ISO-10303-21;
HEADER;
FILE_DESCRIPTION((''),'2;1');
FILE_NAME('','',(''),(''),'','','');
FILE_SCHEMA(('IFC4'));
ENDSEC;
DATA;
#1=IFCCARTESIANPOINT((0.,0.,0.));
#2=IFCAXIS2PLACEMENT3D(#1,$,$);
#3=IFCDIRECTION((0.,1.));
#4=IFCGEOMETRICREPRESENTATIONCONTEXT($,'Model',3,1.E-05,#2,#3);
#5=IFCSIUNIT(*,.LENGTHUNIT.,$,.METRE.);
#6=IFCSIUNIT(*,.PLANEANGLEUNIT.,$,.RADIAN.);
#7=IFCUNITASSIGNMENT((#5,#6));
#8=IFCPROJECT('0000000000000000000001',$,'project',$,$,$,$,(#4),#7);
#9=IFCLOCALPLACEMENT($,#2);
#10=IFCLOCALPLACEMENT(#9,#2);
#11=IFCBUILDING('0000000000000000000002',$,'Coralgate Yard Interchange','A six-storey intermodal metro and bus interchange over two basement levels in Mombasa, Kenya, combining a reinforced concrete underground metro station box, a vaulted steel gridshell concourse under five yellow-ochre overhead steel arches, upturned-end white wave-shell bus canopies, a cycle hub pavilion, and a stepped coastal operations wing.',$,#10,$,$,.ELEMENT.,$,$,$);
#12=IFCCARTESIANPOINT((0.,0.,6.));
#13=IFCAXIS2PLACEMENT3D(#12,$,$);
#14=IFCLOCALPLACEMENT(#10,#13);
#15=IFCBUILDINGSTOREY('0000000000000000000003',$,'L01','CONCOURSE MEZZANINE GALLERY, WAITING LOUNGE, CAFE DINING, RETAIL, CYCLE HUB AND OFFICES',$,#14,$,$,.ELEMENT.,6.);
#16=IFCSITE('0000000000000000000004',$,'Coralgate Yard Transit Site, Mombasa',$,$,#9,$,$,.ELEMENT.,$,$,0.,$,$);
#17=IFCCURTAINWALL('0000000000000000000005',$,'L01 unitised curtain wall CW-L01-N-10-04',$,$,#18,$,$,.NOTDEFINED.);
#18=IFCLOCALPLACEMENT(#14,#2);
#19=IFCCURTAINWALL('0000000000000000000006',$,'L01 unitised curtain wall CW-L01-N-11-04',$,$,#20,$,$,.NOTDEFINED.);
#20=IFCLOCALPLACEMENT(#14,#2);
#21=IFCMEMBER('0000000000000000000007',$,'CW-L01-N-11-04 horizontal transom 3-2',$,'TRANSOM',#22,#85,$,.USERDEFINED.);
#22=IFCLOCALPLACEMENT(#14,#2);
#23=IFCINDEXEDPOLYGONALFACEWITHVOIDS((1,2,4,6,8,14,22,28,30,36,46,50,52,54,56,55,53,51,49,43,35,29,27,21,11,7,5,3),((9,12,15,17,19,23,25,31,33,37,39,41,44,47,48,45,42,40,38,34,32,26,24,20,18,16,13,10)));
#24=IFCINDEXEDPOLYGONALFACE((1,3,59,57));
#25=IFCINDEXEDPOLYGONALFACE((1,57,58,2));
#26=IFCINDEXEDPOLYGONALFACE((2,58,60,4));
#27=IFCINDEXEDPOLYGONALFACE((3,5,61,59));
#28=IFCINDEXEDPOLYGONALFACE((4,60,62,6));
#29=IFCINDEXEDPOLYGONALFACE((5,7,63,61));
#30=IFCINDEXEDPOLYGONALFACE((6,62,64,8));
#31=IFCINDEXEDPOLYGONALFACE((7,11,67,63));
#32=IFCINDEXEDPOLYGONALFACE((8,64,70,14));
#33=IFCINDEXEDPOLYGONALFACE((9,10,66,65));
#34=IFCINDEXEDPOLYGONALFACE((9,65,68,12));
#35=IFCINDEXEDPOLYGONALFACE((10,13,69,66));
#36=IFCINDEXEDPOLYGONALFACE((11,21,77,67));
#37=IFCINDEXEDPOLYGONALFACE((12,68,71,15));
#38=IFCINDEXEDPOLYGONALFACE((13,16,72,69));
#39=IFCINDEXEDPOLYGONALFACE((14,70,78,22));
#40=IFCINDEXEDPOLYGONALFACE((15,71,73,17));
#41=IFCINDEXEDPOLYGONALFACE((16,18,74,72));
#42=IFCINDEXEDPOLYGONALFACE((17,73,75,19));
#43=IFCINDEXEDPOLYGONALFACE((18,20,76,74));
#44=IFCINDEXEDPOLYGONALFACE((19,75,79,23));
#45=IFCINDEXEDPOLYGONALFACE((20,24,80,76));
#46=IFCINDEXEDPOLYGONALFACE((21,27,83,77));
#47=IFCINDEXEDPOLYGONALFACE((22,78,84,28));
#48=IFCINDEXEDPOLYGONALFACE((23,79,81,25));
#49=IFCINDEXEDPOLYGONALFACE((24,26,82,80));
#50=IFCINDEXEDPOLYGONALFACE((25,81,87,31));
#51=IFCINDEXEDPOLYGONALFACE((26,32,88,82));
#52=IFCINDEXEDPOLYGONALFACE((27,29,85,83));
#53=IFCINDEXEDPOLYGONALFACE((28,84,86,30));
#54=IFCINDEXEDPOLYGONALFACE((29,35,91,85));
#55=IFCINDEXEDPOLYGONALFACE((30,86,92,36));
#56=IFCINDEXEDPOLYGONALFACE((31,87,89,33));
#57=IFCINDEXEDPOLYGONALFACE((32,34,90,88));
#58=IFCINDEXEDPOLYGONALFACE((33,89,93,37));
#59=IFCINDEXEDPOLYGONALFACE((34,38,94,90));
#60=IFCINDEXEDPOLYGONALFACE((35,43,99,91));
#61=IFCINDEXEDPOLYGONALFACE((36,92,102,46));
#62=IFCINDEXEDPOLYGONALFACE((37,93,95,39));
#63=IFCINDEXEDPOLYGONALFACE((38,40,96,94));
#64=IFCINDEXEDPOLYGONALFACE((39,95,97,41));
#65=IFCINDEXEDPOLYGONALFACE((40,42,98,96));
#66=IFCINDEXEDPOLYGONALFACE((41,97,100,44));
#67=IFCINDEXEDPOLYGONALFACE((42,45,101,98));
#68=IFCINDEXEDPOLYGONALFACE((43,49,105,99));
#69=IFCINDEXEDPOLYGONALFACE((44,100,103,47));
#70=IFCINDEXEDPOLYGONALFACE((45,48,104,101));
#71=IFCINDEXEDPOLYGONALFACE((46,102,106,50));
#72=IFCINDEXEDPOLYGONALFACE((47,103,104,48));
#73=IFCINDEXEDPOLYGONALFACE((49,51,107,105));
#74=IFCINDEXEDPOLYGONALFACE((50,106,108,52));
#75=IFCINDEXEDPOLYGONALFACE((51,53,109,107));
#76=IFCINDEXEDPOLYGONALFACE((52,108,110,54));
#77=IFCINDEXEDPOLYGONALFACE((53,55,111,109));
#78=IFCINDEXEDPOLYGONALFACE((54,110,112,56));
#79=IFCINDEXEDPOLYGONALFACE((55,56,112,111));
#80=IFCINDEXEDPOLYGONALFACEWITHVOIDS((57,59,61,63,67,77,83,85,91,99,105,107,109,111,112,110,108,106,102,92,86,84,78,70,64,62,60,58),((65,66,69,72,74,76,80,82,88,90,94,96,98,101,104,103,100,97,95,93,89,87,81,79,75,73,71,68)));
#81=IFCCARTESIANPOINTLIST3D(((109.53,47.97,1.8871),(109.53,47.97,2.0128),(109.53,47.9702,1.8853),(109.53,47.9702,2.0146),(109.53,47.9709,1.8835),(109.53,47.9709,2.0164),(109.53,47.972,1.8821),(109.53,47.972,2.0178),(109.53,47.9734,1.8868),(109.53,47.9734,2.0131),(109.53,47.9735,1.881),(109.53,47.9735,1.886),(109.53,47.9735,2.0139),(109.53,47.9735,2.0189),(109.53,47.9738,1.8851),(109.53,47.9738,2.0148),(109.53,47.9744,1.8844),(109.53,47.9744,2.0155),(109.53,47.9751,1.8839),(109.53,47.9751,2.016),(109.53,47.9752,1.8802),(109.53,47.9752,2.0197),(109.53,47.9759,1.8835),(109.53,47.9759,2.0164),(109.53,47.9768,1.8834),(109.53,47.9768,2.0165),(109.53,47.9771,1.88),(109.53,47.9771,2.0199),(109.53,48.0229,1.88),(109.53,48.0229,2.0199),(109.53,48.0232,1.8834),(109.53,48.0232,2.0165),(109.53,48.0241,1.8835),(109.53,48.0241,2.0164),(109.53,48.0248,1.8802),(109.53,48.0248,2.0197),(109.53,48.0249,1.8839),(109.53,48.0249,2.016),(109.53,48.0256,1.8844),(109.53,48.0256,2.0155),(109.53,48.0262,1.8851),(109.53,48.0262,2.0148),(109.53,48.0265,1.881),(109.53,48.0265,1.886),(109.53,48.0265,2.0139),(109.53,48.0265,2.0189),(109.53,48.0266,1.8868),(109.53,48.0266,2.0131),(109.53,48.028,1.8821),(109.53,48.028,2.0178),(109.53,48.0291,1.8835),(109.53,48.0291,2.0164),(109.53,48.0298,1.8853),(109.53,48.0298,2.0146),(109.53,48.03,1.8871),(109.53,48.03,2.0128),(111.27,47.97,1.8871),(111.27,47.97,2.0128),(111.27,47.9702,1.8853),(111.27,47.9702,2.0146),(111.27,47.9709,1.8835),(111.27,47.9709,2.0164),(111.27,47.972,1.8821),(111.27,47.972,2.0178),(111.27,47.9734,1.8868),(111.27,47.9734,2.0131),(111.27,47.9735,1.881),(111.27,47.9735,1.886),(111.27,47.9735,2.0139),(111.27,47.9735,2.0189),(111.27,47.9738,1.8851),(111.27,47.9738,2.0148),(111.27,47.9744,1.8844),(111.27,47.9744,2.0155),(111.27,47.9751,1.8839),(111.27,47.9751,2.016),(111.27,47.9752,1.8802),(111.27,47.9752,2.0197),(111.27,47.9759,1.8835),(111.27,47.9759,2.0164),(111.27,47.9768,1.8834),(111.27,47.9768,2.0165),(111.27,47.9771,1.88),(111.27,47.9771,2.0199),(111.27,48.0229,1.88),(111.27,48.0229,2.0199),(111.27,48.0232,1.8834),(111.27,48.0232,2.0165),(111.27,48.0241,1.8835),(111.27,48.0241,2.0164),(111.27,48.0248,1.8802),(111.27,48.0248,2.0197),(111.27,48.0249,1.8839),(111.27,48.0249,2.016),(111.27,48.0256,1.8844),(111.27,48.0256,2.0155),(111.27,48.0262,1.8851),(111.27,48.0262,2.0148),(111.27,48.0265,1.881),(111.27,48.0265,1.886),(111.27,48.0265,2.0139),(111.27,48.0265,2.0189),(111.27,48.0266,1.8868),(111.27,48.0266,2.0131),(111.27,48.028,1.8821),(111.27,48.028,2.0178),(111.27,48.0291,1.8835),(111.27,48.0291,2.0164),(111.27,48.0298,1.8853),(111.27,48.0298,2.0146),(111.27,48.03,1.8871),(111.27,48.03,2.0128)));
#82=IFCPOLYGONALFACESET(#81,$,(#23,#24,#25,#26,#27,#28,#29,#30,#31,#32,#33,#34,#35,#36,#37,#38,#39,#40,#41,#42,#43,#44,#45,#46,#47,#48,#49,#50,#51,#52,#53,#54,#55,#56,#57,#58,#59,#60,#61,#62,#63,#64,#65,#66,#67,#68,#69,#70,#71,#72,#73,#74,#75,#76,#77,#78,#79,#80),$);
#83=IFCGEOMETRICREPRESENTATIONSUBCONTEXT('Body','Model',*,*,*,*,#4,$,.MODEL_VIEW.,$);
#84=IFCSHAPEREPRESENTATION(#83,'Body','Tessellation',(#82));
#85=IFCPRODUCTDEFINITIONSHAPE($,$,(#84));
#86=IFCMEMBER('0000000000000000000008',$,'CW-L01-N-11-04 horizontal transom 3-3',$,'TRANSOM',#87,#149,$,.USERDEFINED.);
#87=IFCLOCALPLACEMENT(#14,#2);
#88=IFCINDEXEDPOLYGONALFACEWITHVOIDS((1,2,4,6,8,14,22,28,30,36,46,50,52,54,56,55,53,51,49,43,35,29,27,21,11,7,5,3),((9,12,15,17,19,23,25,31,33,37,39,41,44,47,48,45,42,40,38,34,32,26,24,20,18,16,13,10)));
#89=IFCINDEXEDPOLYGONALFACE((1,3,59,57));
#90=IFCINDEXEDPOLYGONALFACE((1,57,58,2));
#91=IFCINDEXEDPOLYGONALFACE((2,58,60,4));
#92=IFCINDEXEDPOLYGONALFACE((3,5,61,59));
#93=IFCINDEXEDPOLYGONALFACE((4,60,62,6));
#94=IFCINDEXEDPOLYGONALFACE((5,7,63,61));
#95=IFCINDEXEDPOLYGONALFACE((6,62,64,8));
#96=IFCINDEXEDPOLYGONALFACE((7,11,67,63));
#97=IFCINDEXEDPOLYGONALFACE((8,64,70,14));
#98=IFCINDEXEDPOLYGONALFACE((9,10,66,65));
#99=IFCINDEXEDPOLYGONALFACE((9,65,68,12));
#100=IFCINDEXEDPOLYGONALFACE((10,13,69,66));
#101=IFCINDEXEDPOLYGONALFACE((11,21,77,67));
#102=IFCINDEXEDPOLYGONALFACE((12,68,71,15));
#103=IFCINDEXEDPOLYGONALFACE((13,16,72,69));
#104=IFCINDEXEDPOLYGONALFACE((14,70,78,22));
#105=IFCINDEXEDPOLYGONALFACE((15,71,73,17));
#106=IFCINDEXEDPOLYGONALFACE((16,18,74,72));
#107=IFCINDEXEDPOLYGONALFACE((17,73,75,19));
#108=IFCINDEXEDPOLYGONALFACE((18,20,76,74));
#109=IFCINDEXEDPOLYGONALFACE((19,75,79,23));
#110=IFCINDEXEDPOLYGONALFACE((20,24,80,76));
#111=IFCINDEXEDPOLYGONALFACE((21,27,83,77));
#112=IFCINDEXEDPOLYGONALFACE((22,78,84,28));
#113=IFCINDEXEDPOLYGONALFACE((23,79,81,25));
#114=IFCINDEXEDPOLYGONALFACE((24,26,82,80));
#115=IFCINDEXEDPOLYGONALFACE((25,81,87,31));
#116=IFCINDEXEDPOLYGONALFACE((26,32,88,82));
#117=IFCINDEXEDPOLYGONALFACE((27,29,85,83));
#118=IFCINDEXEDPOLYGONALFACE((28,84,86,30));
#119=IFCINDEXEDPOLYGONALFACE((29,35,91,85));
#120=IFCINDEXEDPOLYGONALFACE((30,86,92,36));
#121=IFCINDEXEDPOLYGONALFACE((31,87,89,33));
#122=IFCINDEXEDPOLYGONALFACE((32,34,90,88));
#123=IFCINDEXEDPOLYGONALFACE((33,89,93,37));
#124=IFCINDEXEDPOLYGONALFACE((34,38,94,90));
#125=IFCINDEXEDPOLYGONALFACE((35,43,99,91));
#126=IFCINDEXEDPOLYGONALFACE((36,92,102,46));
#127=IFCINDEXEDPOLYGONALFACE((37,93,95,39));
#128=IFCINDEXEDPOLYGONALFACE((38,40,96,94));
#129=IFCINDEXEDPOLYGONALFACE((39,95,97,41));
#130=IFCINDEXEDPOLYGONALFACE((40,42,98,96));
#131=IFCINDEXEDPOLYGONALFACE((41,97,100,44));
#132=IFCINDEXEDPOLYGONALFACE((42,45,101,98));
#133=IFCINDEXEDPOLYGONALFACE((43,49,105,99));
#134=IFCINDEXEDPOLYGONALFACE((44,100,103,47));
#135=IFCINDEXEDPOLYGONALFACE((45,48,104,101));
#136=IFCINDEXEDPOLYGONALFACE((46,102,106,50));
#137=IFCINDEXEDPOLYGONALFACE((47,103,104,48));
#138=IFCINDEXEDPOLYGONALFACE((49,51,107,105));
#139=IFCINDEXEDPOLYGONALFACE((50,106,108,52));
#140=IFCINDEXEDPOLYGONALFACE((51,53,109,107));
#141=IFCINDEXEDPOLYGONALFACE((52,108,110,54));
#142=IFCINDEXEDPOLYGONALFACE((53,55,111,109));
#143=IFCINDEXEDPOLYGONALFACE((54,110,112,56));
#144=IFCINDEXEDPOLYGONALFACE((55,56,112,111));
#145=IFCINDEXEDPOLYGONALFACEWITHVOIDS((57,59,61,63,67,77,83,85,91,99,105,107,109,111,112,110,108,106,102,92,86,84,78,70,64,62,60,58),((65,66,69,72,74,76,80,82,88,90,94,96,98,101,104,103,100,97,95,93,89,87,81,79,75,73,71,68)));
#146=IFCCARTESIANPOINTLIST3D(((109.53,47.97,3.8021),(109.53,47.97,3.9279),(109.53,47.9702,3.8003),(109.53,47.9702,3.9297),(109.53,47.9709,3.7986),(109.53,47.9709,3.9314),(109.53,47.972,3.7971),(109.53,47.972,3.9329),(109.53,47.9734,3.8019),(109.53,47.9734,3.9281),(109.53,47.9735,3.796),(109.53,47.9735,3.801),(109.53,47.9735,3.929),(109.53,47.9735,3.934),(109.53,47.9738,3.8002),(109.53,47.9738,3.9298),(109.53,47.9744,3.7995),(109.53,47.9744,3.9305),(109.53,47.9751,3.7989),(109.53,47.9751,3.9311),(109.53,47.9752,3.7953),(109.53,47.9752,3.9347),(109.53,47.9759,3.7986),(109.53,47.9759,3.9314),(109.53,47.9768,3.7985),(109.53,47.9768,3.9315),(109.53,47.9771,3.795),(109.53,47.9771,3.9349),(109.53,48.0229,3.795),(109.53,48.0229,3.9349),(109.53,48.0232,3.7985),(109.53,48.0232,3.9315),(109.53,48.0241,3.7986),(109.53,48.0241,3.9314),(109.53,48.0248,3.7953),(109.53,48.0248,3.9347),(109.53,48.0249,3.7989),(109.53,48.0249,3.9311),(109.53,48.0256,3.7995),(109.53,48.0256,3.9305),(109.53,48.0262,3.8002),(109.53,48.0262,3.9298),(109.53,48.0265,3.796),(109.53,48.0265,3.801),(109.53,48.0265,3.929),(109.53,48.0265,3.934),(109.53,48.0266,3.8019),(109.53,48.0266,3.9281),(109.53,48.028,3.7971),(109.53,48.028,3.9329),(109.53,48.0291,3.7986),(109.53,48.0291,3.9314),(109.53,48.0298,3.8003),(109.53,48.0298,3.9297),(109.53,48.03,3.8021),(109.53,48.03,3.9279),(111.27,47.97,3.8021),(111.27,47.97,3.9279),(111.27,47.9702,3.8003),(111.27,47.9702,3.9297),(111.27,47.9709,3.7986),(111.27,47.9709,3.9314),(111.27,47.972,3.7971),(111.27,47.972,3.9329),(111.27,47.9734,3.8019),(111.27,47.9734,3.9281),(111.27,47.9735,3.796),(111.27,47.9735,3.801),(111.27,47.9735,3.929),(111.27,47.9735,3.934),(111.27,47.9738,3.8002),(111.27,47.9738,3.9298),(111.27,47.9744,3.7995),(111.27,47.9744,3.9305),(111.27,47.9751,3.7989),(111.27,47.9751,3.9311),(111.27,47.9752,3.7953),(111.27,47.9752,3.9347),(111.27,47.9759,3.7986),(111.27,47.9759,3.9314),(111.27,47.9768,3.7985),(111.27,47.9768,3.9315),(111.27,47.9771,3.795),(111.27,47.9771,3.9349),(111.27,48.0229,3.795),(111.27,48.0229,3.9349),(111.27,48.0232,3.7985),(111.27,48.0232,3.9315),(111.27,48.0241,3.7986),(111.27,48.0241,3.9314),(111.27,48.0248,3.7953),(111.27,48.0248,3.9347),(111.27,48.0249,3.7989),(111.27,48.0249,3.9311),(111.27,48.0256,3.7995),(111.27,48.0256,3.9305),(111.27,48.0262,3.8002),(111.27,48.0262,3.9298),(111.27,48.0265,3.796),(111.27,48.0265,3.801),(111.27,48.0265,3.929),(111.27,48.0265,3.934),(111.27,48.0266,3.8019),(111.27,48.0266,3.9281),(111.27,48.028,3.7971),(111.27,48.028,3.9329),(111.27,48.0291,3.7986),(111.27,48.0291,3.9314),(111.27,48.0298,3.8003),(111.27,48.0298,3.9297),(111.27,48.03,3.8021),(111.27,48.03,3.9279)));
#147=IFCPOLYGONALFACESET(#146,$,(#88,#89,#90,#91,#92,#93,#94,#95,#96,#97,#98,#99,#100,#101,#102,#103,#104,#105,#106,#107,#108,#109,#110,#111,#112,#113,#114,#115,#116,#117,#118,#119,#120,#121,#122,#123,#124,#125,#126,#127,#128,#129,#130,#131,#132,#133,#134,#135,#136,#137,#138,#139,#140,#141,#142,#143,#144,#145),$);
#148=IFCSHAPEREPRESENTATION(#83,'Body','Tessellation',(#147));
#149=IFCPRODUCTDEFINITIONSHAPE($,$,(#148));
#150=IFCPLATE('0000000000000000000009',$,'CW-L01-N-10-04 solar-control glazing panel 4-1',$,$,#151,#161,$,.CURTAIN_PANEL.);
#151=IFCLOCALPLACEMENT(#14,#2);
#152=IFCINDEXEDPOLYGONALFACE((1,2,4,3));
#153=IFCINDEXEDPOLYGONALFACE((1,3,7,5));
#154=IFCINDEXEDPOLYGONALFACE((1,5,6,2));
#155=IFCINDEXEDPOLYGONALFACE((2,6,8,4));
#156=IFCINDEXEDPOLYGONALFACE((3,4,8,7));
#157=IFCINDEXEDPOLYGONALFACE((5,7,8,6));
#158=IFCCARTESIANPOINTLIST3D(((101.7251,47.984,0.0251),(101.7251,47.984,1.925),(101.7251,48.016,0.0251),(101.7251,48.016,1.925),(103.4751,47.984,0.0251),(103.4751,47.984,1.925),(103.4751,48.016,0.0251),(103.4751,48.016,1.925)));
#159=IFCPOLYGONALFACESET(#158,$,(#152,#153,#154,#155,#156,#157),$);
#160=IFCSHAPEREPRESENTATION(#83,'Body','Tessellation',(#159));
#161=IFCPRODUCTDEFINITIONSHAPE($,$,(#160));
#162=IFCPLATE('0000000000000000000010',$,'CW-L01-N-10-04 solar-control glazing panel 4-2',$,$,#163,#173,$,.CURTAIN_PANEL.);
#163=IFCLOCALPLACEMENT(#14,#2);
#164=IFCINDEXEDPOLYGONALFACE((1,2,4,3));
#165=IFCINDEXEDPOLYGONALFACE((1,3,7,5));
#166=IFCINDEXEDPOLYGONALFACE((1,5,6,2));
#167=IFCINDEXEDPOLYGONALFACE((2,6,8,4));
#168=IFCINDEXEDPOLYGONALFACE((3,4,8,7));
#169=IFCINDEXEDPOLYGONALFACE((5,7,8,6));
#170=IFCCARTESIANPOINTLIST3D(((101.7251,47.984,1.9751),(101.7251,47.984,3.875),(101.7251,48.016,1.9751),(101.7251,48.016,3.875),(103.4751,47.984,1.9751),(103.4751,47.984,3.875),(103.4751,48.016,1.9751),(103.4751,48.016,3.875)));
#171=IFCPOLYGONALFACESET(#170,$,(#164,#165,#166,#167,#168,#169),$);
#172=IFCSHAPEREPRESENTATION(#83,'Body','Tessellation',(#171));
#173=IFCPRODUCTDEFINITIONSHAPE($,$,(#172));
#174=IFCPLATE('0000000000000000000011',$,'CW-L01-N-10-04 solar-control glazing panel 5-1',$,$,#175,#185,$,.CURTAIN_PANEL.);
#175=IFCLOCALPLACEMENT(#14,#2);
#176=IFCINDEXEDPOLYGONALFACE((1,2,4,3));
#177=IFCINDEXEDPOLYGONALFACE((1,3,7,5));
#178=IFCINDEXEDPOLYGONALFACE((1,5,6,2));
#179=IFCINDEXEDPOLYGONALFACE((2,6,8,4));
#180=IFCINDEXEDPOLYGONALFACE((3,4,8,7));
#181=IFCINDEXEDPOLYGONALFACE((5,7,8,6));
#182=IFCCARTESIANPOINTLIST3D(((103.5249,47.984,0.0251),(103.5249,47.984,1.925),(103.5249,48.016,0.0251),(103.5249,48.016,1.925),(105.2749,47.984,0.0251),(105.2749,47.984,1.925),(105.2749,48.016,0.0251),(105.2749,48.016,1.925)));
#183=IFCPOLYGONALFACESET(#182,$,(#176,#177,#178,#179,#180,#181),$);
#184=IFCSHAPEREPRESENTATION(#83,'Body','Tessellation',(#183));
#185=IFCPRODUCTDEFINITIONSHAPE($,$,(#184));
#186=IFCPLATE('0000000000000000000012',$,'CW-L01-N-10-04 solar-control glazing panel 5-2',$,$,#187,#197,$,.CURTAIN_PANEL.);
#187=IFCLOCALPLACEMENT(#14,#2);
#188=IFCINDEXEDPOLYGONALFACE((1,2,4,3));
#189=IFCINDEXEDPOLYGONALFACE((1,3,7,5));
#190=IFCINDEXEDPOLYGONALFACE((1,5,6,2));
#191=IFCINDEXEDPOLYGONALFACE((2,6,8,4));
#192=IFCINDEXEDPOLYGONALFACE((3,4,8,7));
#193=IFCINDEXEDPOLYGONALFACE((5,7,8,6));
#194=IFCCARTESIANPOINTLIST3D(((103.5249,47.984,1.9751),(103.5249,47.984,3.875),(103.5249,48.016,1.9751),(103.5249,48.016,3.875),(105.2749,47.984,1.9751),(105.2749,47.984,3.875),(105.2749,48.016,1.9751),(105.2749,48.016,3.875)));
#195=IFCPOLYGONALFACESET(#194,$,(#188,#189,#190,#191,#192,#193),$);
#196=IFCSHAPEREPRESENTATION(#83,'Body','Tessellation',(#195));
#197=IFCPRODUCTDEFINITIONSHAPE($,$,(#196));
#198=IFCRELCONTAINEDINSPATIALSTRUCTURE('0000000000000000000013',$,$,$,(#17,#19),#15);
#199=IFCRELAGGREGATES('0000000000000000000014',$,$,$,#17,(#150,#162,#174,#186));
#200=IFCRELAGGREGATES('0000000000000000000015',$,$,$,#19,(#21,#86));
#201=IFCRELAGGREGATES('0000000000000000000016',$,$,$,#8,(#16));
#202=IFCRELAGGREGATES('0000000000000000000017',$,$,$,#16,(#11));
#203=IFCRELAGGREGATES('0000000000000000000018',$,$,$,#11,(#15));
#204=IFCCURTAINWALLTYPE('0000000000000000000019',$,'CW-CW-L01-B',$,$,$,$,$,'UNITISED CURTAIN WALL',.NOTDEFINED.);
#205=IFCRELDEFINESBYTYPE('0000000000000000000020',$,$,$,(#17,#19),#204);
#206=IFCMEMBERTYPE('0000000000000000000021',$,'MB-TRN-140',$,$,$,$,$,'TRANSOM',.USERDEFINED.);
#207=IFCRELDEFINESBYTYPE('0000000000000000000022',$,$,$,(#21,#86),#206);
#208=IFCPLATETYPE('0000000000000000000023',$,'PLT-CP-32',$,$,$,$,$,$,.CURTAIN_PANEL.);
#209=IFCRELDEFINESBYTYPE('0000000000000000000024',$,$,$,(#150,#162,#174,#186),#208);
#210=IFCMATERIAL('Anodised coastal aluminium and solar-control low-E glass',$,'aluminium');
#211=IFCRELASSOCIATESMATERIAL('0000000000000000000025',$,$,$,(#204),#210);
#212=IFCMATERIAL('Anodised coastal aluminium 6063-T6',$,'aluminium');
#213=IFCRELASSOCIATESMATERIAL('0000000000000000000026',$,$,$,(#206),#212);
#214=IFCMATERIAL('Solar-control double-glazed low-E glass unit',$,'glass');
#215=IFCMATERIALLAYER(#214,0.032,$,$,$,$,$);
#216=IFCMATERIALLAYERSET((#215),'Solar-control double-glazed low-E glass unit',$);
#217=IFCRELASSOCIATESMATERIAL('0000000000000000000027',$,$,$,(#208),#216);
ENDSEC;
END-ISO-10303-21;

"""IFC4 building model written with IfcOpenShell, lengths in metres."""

from ifc_helpers import new_model, si_unit, direction, frame, origin, origin_2d, place, context, subcontext, project, spatial, rectangle, hollow_rectangle, extrude, material, layer, layer_set, material_profile, profile_set, type_object, element, aggregate, save


model = new_model("IFC4")

# Units and contexts
model_context = context("Model", 3, precision=1e-05, world=origin(), true_north=direction((0.0, 1.0)))
body_context = subcontext(model_context, "Body", "Model", "MODEL_VIEW")
ifc_project = project(units=[si_unit("LENGTHUNIT", "METRE"), si_unit("PLANEANGLEUNIT", "RADIAN")], contexts=[model_context])

# Site, building, storey
site_placement = place(None, origin())
site = spatial("IfcSite", under=ifc_project, at=site_placement, Name="Coralgate Yard Transit Site, Mombasa", CompositionType="ELEMENT", RefElevation=0.0)
building_placement = place(site_placement, origin())
building = spatial("IfcBuilding", under=site, at=building_placement, Name="Coralgate Yard Interchange", Description="A six-storey intermodal metro and bus interchange over two basement levels in Mombasa, Kenya, combining a reinforced concrete underground metro station box, a vaulted steel gridshell concourse under five yellow-ochre overhead steel arches, upturned-end white wave-shell bus canopies, a cycle hub pavilion, and a stepped coastal operations wing.", CompositionType="ELEMENT")
storey_placement = place(building_placement, frame((0.0, 0.0, 6.0)))
storey = spatial("IfcBuildingStorey", under=building, at=storey_placement, Name="L01", Description="CONCOURSE MEZZANINE GALLERY, WAITING LOUNGE, CAFE DINING, RETAIL, CYCLE HUB AND OFFICES", CompositionType="ELEMENT", Elevation=6.0)

# Curtain walls
ifc_material_1 = material(Name="Anodised coastal aluminium and solar-control low-E glass", Category="aluminium")
curtain_wall_type = type_object("IfcCurtainWallType", Name="CW-CW-L01-B", ElementType="UNITISED CURTAIN WALL", PredefinedType="NOTDEFINED", material=ifc_material_1)
curtain_wall_1_placement = place(storey_placement, origin())
curtain_wall_1 = element("IfcCurtainWall", 1, at=curtain_wall_1_placement, inside=storey, type_object=curtain_wall_type, Name="L01 unitised curtain wall CW-L01-N-10-04", PredefinedType="NOTDEFINED")
ifc_material_2 = material(Name="Anodised coastal aluminium 6063-T6", Category="aluminium")
curtain_wall_2_placement = place(storey_placement, origin())
curtain_wall_2 = element("IfcCurtainWall", 2, at=curtain_wall_2_placement, inside=storey, type_object=curtain_wall_type, Name="L01 unitised curtain wall CW-L01-N-11-04", PredefinedType="NOTDEFINED")

# Members
ifc_material_profile_1 = material_profile(ifc_material_2, hollow_rectangle(XDim=0.0601, YDim=0.1399, WallThickness=0.0034, InnerFilletRadius=0.0034, OuterFilletRadius=0.0071, at=origin_2d()), Name="ALU 60x140x3.5")
ifc_profile_set_1 = profile_set([ifc_material_profile_1], Name="Anodised coastal aluminium 6063-T6")
member_type_1 = type_object("IfcMemberType", Name="MB-TRN-140", ElementType="TRANSOM", PredefinedType="USERDEFINED", material=ifc_profile_set_1)
member_1_placement = place(storey_placement, frame((109.53, 48.0, 1.95), z_axis=(1.0, 0.0, 0.0), x_axis=(0.0, 1.0, 0.0)))
member_1 = element("IfcMember", 3, at=member_1_placement, type_object=member_type_1, Name="CW-L01-N-11-04 horizontal transom 3-2", ObjectType="TRANSOM", PredefinedType="USERDEFINED", context=body_context, shape_type="SweptSolid", body=[
    extrude(hollow_rectangle(XDim=0.0601, YDim=0.1399, WallThickness=0.0034, InnerFilletRadius=0.0034, OuterFilletRadius=0.0071, at=origin_2d()), origin(), (0.0, 0.0, 1.0), 1.74),
])
member_2_placement = place(storey_placement, frame((109.53, 48.0, 3.865), z_axis=(1.0, 0.0, 0.0), x_axis=(0.0, 1.0, 0.0)))
member_2 = element("IfcMember", 4, at=member_2_placement, type_object=member_type_1, Name="CW-L01-N-11-04 horizontal transom 3-3", ObjectType="TRANSOM", PredefinedType="USERDEFINED", context=body_context, shape_type="SweptSolid", body=[
    extrude(hollow_rectangle(XDim=0.0601, YDim=0.1399, WallThickness=0.0034, InnerFilletRadius=0.0034, OuterFilletRadius=0.0071, at=origin_2d()), origin(), (0.0, 0.0, 1.0), 1.74),
])

# Plates
ifc_material_3 = material(Name="Solar-control double-glazed low-E glass unit", Category="glass")
ifc_layer = layer(ifc_material_3, 0.032)
ifc_layer_set = layer_set([ifc_layer], Name="Solar-control double-glazed low-E glass unit")
plate_type = type_object("IfcPlateType", Name="PLT-CP-32", PredefinedType="CURTAIN_PANEL", material=ifc_layer_set)
plate_1_placement = place(storey_placement, frame((102.6001, 48.0, 0.0251), z_axis=(0.0, 0.0, 1.0), x_axis=(1.0, 0.0, 0.0)))
plate_1 = element("IfcPlate", 5, at=plate_1_placement, type_object=plate_type, Name="CW-L01-N-10-04 solar-control glazing panel 4-1", PredefinedType="CURTAIN_PANEL", context=body_context, shape_type="SweptSolid", body=[
    extrude(rectangle(XDim=1.75, YDim=0.032, at=origin_2d()), origin(), (0.0, 0.0, 1.0), 1.8999),
])
plate_2_placement = place(storey_placement, frame((102.6001, 48.0, 1.9751), z_axis=(0.0, 0.0, 1.0), x_axis=(1.0, 0.0, 0.0)))
plate_2 = element("IfcPlate", 6, at=plate_2_placement, type_object=plate_type, Name="CW-L01-N-10-04 solar-control glazing panel 4-2", PredefinedType="CURTAIN_PANEL", context=body_context, shape_type="SweptSolid", body=[
    extrude(rectangle(XDim=1.75, YDim=0.032, at=origin_2d()), origin(), (0.0, 0.0, 1.0), 1.8999),
])
plate_3_placement = place(storey_placement, frame((104.3999, 48.0, 0.0251), z_axis=(0.0, 0.0, 1.0), x_axis=(1.0, 0.0, 0.0)))
plate_3 = element("IfcPlate", 7, at=plate_3_placement, type_object=plate_type, Name="CW-L01-N-10-04 solar-control glazing panel 5-1", PredefinedType="CURTAIN_PANEL", context=body_context, shape_type="SweptSolid", body=[
    extrude(rectangle(XDim=1.75, YDim=0.032, at=origin_2d()), origin(), (0.0, 0.0, 1.0), 1.8999),
])
plate_4_placement = place(storey_placement, frame((104.3999, 48.0, 1.9751), z_axis=(0.0, 0.0, 1.0), x_axis=(1.0, 0.0, 0.0)))
plate_4 = element("IfcPlate", 8, at=plate_4_placement, type_object=plate_type, Name="CW-L01-N-10-04 solar-control glazing panel 5-2", PredefinedType="CURTAIN_PANEL", context=body_context, shape_type="SweptSolid", body=[
    extrude(rectangle(XDim=1.75, YDim=0.032, at=origin_2d()), origin(), (0.0, 0.0, 1.0), 1.8999),
])
aggregate(curtain_wall_1, [plate_1, plate_2, plate_3, plate_4])
aggregate(curtain_wall_2, [member_1, member_2])

save(model, "model.ifc")
